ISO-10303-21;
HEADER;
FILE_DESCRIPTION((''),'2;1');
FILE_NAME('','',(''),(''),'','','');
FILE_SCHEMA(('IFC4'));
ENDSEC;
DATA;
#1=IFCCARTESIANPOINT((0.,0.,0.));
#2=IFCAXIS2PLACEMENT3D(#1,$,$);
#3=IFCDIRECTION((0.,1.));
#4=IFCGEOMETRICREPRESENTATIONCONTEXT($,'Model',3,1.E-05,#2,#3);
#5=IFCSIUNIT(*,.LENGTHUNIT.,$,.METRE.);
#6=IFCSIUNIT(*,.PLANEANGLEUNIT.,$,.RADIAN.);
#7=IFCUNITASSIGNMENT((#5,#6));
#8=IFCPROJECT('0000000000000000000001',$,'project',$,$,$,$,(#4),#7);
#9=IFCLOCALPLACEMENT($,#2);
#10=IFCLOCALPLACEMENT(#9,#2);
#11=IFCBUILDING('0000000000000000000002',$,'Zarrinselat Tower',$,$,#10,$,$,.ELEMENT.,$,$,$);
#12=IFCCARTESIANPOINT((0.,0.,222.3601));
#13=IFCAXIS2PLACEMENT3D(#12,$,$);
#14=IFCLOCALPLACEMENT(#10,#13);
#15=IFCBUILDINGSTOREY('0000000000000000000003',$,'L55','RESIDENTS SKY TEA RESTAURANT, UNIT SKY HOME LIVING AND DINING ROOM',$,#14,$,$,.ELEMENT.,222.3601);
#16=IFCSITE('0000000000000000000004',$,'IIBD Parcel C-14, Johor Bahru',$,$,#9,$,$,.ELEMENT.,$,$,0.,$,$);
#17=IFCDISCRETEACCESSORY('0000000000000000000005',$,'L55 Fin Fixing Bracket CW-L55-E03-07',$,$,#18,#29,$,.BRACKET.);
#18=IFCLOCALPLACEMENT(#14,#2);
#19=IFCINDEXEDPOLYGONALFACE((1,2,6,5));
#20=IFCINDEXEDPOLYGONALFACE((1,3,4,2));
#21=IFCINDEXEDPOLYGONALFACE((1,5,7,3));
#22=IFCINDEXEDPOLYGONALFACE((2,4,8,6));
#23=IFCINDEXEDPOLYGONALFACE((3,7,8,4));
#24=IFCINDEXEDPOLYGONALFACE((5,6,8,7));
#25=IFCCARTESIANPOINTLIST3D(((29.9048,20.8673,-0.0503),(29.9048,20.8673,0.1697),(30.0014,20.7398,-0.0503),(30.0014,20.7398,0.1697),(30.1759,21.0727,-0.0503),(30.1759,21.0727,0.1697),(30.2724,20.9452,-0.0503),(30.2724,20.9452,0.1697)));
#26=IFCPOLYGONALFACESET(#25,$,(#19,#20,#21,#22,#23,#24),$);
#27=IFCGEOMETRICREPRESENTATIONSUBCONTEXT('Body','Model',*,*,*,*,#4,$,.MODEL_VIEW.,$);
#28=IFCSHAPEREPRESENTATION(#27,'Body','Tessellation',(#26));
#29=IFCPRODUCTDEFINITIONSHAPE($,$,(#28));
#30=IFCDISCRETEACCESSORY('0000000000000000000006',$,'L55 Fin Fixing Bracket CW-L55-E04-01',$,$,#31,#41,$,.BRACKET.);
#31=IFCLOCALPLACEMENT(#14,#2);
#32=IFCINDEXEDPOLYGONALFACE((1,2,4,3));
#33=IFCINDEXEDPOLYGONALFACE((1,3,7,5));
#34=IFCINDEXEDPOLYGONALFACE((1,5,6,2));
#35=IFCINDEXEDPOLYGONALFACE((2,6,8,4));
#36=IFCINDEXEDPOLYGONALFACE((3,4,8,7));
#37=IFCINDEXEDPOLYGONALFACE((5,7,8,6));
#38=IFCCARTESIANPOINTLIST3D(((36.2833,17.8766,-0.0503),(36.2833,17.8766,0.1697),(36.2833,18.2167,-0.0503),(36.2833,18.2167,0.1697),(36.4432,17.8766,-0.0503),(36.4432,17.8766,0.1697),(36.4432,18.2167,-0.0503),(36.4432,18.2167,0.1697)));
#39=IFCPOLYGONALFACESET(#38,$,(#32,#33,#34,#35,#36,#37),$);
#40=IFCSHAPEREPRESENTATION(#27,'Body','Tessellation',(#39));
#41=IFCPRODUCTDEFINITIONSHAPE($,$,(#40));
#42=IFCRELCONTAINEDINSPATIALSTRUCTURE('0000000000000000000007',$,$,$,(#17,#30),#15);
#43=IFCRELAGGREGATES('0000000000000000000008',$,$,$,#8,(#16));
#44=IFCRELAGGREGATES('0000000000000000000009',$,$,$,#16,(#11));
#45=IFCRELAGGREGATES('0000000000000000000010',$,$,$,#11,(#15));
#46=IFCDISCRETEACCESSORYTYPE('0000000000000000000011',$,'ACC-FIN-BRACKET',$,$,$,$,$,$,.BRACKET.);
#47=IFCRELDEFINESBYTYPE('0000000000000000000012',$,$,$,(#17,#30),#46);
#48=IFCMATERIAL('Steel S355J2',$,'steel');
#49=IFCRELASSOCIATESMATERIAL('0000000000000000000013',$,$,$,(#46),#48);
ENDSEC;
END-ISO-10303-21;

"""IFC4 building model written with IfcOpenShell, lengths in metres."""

from ifc_helpers import new_model, si_unit, direction, frame, origin, origin_2d, place, context, subcontext, project, spatial, rectangle, extrude, material, type_object, element, save


model = new_model("IFC4")

# Units and contexts
model_context = context("Model", 3, precision=1e-05, world=origin(), true_north=direction((0.0, 1.0)))
body_context = subcontext(model_context, "Body", "Model", "MODEL_VIEW")
ifc_project = project(units=[si_unit("LENGTHUNIT", "METRE"), si_unit("PLANEANGLEUNIT", "RADIAN")], contexts=[model_context])

# Site, building, storey
site_placement = place(None, origin())
site = spatial("IfcSite", under=ifc_project, at=site_placement, Name="IIBD Parcel C-14, Johor Bahru", CompositionType="ELEMENT", RefElevation=0.0)
building_placement = place(site_placement, origin())
building = spatial("IfcBuilding", under=site, at=building_placement, Name="Zarrinselat Tower", CompositionType="ELEMENT")
storey_placement = place(building_placement, frame((0.0, 0.0, 222.3601)))
storey = spatial("IfcBuildingStorey", under=building, at=storey_placement, Name="L55", Description="RESIDENTS SKY TEA RESTAURANT, UNIT SKY HOME LIVING AND DINING ROOM", CompositionType="ELEMENT", Elevation=222.3601)

# Discrete accessories
ifc_material_1 = material(Name="Steel S355J2", Category="steel")
discrete_accessory_type = type_object("IfcDiscreteAccessoryType", Name="ACC-FIN-BRACKET", PredefinedType="BRACKET", material=ifc_material_1)
for number, where, z_axis, x_axis, name in (
    (1, (30.0886, 20.9062, -0.0503), (0.0, 0.0, 1.0), (-0.797091, -0.60386, 0.0), "L55 Fin Fixing Bracket CW-L55-E03-07"),
    (2, (36.3633, 18.0466, -0.0503), (0.0, 0.0, 1.0), (0.0, -1.0, 0.0), "L55 Fin Fixing Bracket CW-L55-E04-01"),
):
    element("IfcDiscreteAccessory", number, at=place(storey_placement, frame(where, z_axis=z_axis, x_axis=x_axis)), inside=storey, type_object=discrete_accessory_type, Name=name, PredefinedType="BRACKET", context=body_context, shape_type="SweptSolid", body=[
        extrude(rectangle(XDim=0.3401, YDim=0.1599, at=origin_2d()), origin(), (0.0, 0.0, 1.0), 0.22),
    ])

save(model, "model.ifc")
